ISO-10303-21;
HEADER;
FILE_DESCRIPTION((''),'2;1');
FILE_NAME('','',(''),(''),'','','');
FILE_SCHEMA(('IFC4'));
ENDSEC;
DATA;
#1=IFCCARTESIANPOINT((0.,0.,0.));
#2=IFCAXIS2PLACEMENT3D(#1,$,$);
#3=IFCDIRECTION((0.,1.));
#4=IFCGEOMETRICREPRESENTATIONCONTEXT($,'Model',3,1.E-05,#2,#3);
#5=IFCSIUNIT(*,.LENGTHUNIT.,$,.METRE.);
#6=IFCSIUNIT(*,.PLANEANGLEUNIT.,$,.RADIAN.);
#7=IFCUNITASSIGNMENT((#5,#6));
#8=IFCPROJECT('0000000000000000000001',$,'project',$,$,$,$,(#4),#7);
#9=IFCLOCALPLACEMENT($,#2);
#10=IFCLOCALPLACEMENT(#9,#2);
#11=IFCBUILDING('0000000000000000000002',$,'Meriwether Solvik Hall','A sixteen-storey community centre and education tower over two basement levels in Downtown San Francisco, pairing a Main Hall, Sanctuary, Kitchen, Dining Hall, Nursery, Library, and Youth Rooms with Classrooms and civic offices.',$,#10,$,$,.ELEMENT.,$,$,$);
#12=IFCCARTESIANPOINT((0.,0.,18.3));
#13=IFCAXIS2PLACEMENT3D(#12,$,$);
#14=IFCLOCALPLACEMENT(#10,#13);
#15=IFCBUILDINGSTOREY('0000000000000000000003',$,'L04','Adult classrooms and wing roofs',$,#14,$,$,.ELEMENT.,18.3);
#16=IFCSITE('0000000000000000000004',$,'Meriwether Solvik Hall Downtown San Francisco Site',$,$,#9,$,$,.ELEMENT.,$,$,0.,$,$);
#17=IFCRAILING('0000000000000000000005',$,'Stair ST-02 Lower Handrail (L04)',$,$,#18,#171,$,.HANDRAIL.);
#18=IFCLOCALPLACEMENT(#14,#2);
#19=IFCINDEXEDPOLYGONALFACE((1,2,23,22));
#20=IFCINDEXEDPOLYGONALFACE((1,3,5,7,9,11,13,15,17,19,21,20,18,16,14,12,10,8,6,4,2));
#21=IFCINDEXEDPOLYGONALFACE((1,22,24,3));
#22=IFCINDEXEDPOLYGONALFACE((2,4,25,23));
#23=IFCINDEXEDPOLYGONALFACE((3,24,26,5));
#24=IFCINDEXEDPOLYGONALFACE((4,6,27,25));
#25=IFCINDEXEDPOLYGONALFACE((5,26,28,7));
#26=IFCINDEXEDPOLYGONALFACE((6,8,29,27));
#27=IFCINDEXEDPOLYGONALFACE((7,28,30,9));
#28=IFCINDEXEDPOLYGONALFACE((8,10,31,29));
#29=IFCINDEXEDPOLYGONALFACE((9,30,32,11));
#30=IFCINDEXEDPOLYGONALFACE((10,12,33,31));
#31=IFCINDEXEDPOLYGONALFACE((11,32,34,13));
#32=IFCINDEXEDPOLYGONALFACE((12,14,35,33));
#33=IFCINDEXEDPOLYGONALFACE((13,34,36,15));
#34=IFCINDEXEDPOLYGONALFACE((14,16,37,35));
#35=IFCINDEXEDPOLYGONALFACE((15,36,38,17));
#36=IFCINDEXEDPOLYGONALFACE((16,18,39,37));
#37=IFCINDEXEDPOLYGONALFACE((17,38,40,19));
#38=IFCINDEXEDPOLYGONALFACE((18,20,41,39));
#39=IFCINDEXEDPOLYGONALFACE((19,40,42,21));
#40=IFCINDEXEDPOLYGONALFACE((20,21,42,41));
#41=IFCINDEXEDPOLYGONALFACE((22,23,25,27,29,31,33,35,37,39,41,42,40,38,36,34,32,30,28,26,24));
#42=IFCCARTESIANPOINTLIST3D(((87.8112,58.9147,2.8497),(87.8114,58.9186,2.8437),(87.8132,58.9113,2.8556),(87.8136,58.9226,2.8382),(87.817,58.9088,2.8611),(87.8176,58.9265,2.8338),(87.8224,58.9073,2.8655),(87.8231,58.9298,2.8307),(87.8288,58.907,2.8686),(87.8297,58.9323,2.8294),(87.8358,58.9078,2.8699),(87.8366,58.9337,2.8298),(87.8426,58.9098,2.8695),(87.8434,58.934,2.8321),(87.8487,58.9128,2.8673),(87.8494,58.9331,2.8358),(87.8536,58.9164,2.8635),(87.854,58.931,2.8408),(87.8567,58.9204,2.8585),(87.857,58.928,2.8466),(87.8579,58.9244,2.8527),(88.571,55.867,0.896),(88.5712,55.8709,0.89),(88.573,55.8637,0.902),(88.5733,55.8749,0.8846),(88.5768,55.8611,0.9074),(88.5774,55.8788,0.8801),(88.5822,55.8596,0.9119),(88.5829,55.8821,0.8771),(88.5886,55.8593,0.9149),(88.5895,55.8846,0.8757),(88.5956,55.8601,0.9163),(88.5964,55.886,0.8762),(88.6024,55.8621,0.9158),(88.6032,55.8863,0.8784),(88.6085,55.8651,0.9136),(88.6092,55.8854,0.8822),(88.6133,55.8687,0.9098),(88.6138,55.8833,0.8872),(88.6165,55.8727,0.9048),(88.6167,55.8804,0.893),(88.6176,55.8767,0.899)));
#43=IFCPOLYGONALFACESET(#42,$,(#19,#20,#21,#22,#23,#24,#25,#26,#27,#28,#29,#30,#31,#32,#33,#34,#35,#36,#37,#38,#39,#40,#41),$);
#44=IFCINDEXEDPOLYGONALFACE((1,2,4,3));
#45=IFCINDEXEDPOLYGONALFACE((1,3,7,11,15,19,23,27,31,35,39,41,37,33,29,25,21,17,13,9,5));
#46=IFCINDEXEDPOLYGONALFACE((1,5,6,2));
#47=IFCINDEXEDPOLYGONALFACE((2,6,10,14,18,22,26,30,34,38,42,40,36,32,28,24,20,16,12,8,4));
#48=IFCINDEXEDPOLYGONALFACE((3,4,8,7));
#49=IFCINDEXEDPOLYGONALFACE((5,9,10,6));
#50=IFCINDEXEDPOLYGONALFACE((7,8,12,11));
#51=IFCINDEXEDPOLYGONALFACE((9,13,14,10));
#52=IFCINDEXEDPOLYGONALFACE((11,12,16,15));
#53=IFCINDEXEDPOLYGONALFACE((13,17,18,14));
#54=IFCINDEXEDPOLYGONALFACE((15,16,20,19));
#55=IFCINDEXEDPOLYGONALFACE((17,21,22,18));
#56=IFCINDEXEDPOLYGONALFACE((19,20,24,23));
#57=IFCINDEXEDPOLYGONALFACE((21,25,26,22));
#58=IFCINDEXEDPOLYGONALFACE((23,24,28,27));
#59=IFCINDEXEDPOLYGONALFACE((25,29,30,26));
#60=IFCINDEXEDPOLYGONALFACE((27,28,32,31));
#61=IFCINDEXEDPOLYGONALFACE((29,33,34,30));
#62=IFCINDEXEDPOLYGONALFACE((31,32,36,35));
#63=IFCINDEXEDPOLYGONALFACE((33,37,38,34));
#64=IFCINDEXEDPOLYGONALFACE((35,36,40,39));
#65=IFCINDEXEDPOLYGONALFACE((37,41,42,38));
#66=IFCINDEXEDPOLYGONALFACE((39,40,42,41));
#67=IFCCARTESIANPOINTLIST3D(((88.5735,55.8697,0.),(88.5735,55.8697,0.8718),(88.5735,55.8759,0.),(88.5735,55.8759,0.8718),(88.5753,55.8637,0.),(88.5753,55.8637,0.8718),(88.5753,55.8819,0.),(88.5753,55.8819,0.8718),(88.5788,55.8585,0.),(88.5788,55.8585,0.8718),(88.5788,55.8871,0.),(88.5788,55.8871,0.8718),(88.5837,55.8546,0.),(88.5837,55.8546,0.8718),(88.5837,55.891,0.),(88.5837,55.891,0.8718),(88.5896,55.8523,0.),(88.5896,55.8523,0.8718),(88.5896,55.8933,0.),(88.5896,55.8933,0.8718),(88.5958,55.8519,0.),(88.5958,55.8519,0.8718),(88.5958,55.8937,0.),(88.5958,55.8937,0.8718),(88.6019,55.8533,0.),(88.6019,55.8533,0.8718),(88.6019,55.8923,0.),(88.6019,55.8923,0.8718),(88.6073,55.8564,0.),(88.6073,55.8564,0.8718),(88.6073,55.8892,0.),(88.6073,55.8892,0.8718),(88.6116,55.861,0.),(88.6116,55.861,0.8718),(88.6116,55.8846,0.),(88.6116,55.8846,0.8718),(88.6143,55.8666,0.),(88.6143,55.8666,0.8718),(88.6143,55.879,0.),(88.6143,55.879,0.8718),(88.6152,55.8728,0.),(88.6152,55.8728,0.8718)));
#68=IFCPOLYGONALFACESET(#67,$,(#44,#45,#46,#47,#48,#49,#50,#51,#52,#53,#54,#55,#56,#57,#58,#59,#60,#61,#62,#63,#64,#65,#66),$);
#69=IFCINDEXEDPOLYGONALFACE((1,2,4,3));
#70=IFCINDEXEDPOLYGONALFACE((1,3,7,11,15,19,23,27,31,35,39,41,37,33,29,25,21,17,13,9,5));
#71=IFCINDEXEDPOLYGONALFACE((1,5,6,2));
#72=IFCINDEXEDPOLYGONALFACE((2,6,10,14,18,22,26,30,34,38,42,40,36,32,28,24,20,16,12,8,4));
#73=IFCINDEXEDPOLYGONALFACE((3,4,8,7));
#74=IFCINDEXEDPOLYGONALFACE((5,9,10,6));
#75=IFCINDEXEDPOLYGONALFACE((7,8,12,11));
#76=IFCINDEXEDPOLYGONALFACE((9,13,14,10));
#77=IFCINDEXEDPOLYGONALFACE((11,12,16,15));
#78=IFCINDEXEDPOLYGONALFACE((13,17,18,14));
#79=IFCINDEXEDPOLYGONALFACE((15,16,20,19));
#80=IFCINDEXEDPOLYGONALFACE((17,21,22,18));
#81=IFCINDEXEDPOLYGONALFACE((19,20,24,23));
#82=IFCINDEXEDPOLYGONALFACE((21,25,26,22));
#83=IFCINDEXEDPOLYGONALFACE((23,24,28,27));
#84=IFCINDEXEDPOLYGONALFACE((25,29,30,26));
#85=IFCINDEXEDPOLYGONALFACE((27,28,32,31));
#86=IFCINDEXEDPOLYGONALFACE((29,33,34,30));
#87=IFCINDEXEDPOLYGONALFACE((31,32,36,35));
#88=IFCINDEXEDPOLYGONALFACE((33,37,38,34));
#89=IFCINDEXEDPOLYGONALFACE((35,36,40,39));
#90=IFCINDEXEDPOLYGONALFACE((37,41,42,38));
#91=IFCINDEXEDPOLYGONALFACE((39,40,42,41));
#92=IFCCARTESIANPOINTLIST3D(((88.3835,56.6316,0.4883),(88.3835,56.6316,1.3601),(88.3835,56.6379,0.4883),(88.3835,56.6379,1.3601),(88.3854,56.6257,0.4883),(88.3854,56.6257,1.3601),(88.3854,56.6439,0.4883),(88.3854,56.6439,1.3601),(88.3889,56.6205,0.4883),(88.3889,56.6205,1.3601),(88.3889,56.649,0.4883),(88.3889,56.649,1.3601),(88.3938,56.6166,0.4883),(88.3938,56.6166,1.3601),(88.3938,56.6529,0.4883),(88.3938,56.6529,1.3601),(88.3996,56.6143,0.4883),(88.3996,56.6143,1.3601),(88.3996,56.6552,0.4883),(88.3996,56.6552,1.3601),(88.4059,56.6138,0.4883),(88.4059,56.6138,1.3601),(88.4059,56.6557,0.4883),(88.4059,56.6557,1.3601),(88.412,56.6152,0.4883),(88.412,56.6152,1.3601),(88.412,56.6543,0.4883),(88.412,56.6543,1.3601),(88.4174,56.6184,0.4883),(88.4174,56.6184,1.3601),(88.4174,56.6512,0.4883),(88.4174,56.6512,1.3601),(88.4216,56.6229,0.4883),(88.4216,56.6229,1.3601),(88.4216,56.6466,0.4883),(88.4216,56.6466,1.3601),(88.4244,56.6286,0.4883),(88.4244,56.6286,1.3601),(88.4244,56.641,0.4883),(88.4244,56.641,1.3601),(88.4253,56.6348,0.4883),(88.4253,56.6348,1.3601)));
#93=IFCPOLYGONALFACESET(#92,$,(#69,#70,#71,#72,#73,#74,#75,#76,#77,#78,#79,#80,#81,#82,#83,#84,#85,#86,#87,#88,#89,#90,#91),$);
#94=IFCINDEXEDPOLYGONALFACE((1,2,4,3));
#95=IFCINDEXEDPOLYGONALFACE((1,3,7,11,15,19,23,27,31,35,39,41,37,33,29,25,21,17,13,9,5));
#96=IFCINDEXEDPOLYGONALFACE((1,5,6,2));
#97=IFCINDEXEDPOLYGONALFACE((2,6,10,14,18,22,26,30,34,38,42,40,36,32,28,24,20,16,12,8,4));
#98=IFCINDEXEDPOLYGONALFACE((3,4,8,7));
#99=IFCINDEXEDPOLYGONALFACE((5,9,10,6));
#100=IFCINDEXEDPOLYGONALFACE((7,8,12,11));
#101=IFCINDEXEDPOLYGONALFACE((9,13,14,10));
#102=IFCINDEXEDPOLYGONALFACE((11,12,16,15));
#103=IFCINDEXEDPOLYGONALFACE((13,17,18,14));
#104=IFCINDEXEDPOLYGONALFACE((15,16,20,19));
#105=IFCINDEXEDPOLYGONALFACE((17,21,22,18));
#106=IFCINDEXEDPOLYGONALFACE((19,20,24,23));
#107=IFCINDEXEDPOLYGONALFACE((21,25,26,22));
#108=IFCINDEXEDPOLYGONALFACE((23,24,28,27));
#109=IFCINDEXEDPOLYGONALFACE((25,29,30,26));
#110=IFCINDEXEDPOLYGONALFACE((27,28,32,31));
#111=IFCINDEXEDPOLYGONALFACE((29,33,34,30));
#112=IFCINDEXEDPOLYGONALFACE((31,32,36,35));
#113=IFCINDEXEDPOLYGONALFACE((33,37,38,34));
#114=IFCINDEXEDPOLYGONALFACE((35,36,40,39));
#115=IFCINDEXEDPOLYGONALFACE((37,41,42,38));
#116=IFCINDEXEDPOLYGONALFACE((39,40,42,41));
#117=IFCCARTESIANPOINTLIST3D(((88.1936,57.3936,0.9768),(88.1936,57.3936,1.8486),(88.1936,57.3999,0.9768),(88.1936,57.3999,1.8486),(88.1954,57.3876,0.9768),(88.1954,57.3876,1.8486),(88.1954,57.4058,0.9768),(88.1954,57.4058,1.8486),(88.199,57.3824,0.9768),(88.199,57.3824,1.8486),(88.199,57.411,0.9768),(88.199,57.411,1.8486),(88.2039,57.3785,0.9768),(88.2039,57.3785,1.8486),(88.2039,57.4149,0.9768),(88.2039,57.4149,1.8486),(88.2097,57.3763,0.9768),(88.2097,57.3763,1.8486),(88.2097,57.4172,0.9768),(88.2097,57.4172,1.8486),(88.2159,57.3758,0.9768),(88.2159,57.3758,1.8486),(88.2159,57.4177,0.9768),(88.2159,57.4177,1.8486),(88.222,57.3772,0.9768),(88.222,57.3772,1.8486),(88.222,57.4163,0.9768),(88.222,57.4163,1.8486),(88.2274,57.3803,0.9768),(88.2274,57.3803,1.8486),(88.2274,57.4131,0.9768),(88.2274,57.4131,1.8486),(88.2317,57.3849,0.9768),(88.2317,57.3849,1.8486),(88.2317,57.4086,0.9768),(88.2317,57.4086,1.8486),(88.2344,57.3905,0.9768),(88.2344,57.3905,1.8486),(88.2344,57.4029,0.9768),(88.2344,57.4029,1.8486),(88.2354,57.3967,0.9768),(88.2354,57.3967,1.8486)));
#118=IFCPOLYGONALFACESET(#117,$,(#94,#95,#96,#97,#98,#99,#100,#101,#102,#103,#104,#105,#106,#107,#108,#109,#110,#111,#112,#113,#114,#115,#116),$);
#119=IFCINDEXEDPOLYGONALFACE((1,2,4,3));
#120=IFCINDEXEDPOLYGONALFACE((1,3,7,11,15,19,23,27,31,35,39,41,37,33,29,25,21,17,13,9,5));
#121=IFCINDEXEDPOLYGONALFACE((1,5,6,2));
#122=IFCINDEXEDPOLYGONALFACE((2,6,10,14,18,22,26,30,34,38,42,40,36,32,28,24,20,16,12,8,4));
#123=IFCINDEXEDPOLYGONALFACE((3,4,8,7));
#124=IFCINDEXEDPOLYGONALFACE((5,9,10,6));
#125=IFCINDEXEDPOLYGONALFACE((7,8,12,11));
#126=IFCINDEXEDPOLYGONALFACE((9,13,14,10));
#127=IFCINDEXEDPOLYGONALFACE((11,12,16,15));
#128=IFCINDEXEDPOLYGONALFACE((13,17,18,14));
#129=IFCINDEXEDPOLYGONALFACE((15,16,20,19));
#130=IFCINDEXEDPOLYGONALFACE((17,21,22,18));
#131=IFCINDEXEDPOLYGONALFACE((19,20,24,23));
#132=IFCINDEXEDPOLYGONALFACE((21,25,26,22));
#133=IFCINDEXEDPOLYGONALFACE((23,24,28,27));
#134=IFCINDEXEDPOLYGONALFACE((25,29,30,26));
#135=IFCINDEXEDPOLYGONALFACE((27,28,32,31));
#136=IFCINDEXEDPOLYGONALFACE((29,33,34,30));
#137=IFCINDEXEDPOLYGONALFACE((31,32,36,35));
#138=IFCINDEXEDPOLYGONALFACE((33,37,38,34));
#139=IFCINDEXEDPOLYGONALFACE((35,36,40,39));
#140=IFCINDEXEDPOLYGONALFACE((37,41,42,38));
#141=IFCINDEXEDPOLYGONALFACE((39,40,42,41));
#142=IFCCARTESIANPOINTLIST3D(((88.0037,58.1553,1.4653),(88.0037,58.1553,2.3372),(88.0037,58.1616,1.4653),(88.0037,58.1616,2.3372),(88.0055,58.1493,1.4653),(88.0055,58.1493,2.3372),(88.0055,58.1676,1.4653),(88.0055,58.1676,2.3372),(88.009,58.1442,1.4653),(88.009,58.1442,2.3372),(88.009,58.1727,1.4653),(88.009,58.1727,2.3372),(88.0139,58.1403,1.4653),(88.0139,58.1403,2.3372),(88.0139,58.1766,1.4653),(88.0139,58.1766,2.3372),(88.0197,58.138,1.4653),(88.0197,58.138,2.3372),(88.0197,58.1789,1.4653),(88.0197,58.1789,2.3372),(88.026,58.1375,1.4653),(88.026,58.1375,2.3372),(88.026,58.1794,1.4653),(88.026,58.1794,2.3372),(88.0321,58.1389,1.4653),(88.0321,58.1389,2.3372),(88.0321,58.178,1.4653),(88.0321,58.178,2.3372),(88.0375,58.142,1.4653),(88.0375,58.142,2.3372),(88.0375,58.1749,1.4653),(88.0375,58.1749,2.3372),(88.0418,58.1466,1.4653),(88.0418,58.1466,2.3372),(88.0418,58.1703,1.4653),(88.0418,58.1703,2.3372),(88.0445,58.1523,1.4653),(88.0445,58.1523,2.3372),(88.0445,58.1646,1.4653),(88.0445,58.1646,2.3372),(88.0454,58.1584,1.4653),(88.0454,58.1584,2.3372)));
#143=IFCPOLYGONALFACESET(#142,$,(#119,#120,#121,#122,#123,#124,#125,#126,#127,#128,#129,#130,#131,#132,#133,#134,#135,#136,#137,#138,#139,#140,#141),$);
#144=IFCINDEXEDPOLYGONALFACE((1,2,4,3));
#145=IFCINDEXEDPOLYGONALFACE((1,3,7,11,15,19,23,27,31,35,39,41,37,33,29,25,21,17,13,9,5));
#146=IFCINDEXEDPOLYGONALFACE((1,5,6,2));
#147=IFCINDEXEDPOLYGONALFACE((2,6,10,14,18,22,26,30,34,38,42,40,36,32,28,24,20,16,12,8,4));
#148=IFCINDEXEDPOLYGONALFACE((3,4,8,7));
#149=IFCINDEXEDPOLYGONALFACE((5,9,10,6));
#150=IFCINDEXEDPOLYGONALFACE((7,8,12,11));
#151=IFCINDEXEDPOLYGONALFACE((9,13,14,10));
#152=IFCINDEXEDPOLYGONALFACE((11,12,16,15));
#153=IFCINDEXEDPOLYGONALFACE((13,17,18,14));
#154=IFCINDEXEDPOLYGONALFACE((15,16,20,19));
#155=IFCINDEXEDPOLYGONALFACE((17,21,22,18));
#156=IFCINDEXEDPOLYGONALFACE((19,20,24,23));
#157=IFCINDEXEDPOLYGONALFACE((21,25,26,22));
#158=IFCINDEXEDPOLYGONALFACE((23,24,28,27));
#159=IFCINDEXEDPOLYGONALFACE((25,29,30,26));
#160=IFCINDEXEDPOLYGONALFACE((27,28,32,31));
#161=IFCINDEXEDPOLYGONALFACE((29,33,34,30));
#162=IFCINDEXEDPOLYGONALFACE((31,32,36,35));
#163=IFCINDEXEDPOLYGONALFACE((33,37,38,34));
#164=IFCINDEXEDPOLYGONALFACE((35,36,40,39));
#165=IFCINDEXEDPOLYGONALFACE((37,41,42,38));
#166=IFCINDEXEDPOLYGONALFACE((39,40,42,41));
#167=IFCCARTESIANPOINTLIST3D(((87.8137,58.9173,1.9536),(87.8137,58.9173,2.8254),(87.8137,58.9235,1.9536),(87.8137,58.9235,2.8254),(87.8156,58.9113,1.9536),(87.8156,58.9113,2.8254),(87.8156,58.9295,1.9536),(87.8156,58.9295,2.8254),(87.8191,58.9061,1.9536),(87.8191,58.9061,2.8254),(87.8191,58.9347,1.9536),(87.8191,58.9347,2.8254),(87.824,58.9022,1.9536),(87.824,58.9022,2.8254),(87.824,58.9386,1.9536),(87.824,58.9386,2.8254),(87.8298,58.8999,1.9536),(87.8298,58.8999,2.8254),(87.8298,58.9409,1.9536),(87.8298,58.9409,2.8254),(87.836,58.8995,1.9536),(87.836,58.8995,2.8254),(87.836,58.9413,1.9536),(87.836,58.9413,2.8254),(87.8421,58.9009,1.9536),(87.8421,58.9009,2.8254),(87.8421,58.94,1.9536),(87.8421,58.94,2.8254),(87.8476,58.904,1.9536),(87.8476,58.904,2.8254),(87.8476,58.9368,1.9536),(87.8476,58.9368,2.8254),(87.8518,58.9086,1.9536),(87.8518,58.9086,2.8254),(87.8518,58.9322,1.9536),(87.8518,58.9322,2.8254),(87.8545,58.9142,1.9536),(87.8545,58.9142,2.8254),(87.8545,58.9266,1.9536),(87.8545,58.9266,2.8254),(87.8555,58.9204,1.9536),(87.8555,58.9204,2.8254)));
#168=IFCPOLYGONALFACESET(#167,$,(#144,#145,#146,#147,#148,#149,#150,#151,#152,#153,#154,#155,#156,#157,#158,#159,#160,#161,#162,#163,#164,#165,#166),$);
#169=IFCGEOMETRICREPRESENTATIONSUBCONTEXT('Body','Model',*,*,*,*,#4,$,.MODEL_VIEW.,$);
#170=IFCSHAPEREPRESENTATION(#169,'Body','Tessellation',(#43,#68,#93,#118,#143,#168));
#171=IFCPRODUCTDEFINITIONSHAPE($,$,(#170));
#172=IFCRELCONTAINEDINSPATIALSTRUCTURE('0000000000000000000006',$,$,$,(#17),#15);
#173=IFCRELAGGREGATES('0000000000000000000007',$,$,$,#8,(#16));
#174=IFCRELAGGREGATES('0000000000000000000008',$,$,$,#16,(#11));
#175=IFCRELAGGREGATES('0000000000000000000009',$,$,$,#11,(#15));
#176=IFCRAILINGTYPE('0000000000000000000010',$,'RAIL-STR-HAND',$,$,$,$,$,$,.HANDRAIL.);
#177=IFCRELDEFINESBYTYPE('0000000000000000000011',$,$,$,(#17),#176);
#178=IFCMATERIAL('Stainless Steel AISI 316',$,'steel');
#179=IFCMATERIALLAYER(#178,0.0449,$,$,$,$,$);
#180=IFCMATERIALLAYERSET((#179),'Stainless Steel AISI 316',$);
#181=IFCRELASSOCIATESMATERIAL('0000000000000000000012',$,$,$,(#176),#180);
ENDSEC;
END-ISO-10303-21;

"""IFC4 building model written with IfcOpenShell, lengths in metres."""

from ifc_helpers import new_model, si_unit, direction, frame, origin, origin_2d, place, context, subcontext, project, spatial, circle, extrude, material, layer, layer_set, type_object, element, save


model = new_model("IFC4")

# Units and contexts
model_context = context("Model", 3, precision=1e-05, world=origin(), true_north=direction((0.0, 1.0)))
body_context = subcontext(model_context, "Body", "Model", "MODEL_VIEW")
ifc_project = project(units=[si_unit("LENGTHUNIT", "METRE"), si_unit("PLANEANGLEUNIT", "RADIAN")], contexts=[model_context])

# Site, building, storey
site_placement = place(None, origin())
site = spatial("IfcSite", under=ifc_project, at=site_placement, Name="Meriwether Solvik Hall Downtown San Francisco Site", CompositionType="ELEMENT", RefElevation=0.0)
building_placement = place(site_placement, origin())
building = spatial("IfcBuilding", under=site, at=building_placement, Name="Meriwether Solvik Hall", Description="A sixteen-storey community centre and education tower over two basement levels in Downtown San Francisco, pairing a Main Hall, Sanctuary, Kitchen, Dining Hall, Nursery, Library, and Youth Rooms with Classrooms and civic offices.", CompositionType="ELEMENT")
storey_placement = place(building_placement, frame((0.0, 0.0, 18.3)))
storey = spatial("IfcBuildingStorey", under=building, at=storey_placement, Name="L04", Description="Adult classrooms and wing roofs", CompositionType="ELEMENT", Elevation=18.3)

# Railing
ifc_material_1 = material(Name="Stainless Steel AISI 316", Category="steel")
ifc_layer_1 = layer(ifc_material_1, 0.0449)
ifc_layer_set_1 = layer_set([ifc_layer_1], Name="Stainless Steel AISI 316")
railing_type_1 = type_object("IfcRailingType", Name="RAIL-STR-HAND", PredefinedType="HANDRAIL", material=ifc_layer_set_1)
railing_1_placement = place(storey_placement, frame((88.5942, 55.8728, 0.0)))
element("IfcRailing", 1, at=railing_1_placement, inside=storey, type_object=railing_type_1, Name="Stair ST-02 Lower Handrail (L04)", PredefinedType="HANDRAIL", context=body_context, shape_type="SweptSolid", body=[
    extrude(circle(Radius=0.0239, at=origin_2d()), frame((0.0, 0.0, 0.896), z_axis=(-0.205404, 0.823926, 0.528163), x_axis=(-0.970302, -0.241895, 0.0)), (0.0, 0.0, 1.0), 3.699),
    extrude(circle(Radius=0.021, at=origin_2d()), origin(), (0.0, 0.0, 1.0), 0.8718),
    extrude(circle(Radius=0.021, at=origin_2d()), frame((-0.1899, 0.762, 0.4883)), (0.0, 0.0, 1.0), 0.8718),
    extrude(circle(Radius=0.021, at=origin_2d()), frame((-0.3799, 1.5239, 0.9768)), (0.0, 0.0, 1.0), 0.8718),
    extrude(circle(Radius=0.021, at=origin_2d()), frame((-0.5698, 2.2856, 1.4653)), (0.0, 0.0, 1.0), 0.8718),
    extrude(circle(Radius=0.021, at=origin_2d()), frame((-0.7598, 3.0476, 1.9536)), (0.0, 0.0, 1.0), 0.8718),
])

save(model, "model.ifc")
